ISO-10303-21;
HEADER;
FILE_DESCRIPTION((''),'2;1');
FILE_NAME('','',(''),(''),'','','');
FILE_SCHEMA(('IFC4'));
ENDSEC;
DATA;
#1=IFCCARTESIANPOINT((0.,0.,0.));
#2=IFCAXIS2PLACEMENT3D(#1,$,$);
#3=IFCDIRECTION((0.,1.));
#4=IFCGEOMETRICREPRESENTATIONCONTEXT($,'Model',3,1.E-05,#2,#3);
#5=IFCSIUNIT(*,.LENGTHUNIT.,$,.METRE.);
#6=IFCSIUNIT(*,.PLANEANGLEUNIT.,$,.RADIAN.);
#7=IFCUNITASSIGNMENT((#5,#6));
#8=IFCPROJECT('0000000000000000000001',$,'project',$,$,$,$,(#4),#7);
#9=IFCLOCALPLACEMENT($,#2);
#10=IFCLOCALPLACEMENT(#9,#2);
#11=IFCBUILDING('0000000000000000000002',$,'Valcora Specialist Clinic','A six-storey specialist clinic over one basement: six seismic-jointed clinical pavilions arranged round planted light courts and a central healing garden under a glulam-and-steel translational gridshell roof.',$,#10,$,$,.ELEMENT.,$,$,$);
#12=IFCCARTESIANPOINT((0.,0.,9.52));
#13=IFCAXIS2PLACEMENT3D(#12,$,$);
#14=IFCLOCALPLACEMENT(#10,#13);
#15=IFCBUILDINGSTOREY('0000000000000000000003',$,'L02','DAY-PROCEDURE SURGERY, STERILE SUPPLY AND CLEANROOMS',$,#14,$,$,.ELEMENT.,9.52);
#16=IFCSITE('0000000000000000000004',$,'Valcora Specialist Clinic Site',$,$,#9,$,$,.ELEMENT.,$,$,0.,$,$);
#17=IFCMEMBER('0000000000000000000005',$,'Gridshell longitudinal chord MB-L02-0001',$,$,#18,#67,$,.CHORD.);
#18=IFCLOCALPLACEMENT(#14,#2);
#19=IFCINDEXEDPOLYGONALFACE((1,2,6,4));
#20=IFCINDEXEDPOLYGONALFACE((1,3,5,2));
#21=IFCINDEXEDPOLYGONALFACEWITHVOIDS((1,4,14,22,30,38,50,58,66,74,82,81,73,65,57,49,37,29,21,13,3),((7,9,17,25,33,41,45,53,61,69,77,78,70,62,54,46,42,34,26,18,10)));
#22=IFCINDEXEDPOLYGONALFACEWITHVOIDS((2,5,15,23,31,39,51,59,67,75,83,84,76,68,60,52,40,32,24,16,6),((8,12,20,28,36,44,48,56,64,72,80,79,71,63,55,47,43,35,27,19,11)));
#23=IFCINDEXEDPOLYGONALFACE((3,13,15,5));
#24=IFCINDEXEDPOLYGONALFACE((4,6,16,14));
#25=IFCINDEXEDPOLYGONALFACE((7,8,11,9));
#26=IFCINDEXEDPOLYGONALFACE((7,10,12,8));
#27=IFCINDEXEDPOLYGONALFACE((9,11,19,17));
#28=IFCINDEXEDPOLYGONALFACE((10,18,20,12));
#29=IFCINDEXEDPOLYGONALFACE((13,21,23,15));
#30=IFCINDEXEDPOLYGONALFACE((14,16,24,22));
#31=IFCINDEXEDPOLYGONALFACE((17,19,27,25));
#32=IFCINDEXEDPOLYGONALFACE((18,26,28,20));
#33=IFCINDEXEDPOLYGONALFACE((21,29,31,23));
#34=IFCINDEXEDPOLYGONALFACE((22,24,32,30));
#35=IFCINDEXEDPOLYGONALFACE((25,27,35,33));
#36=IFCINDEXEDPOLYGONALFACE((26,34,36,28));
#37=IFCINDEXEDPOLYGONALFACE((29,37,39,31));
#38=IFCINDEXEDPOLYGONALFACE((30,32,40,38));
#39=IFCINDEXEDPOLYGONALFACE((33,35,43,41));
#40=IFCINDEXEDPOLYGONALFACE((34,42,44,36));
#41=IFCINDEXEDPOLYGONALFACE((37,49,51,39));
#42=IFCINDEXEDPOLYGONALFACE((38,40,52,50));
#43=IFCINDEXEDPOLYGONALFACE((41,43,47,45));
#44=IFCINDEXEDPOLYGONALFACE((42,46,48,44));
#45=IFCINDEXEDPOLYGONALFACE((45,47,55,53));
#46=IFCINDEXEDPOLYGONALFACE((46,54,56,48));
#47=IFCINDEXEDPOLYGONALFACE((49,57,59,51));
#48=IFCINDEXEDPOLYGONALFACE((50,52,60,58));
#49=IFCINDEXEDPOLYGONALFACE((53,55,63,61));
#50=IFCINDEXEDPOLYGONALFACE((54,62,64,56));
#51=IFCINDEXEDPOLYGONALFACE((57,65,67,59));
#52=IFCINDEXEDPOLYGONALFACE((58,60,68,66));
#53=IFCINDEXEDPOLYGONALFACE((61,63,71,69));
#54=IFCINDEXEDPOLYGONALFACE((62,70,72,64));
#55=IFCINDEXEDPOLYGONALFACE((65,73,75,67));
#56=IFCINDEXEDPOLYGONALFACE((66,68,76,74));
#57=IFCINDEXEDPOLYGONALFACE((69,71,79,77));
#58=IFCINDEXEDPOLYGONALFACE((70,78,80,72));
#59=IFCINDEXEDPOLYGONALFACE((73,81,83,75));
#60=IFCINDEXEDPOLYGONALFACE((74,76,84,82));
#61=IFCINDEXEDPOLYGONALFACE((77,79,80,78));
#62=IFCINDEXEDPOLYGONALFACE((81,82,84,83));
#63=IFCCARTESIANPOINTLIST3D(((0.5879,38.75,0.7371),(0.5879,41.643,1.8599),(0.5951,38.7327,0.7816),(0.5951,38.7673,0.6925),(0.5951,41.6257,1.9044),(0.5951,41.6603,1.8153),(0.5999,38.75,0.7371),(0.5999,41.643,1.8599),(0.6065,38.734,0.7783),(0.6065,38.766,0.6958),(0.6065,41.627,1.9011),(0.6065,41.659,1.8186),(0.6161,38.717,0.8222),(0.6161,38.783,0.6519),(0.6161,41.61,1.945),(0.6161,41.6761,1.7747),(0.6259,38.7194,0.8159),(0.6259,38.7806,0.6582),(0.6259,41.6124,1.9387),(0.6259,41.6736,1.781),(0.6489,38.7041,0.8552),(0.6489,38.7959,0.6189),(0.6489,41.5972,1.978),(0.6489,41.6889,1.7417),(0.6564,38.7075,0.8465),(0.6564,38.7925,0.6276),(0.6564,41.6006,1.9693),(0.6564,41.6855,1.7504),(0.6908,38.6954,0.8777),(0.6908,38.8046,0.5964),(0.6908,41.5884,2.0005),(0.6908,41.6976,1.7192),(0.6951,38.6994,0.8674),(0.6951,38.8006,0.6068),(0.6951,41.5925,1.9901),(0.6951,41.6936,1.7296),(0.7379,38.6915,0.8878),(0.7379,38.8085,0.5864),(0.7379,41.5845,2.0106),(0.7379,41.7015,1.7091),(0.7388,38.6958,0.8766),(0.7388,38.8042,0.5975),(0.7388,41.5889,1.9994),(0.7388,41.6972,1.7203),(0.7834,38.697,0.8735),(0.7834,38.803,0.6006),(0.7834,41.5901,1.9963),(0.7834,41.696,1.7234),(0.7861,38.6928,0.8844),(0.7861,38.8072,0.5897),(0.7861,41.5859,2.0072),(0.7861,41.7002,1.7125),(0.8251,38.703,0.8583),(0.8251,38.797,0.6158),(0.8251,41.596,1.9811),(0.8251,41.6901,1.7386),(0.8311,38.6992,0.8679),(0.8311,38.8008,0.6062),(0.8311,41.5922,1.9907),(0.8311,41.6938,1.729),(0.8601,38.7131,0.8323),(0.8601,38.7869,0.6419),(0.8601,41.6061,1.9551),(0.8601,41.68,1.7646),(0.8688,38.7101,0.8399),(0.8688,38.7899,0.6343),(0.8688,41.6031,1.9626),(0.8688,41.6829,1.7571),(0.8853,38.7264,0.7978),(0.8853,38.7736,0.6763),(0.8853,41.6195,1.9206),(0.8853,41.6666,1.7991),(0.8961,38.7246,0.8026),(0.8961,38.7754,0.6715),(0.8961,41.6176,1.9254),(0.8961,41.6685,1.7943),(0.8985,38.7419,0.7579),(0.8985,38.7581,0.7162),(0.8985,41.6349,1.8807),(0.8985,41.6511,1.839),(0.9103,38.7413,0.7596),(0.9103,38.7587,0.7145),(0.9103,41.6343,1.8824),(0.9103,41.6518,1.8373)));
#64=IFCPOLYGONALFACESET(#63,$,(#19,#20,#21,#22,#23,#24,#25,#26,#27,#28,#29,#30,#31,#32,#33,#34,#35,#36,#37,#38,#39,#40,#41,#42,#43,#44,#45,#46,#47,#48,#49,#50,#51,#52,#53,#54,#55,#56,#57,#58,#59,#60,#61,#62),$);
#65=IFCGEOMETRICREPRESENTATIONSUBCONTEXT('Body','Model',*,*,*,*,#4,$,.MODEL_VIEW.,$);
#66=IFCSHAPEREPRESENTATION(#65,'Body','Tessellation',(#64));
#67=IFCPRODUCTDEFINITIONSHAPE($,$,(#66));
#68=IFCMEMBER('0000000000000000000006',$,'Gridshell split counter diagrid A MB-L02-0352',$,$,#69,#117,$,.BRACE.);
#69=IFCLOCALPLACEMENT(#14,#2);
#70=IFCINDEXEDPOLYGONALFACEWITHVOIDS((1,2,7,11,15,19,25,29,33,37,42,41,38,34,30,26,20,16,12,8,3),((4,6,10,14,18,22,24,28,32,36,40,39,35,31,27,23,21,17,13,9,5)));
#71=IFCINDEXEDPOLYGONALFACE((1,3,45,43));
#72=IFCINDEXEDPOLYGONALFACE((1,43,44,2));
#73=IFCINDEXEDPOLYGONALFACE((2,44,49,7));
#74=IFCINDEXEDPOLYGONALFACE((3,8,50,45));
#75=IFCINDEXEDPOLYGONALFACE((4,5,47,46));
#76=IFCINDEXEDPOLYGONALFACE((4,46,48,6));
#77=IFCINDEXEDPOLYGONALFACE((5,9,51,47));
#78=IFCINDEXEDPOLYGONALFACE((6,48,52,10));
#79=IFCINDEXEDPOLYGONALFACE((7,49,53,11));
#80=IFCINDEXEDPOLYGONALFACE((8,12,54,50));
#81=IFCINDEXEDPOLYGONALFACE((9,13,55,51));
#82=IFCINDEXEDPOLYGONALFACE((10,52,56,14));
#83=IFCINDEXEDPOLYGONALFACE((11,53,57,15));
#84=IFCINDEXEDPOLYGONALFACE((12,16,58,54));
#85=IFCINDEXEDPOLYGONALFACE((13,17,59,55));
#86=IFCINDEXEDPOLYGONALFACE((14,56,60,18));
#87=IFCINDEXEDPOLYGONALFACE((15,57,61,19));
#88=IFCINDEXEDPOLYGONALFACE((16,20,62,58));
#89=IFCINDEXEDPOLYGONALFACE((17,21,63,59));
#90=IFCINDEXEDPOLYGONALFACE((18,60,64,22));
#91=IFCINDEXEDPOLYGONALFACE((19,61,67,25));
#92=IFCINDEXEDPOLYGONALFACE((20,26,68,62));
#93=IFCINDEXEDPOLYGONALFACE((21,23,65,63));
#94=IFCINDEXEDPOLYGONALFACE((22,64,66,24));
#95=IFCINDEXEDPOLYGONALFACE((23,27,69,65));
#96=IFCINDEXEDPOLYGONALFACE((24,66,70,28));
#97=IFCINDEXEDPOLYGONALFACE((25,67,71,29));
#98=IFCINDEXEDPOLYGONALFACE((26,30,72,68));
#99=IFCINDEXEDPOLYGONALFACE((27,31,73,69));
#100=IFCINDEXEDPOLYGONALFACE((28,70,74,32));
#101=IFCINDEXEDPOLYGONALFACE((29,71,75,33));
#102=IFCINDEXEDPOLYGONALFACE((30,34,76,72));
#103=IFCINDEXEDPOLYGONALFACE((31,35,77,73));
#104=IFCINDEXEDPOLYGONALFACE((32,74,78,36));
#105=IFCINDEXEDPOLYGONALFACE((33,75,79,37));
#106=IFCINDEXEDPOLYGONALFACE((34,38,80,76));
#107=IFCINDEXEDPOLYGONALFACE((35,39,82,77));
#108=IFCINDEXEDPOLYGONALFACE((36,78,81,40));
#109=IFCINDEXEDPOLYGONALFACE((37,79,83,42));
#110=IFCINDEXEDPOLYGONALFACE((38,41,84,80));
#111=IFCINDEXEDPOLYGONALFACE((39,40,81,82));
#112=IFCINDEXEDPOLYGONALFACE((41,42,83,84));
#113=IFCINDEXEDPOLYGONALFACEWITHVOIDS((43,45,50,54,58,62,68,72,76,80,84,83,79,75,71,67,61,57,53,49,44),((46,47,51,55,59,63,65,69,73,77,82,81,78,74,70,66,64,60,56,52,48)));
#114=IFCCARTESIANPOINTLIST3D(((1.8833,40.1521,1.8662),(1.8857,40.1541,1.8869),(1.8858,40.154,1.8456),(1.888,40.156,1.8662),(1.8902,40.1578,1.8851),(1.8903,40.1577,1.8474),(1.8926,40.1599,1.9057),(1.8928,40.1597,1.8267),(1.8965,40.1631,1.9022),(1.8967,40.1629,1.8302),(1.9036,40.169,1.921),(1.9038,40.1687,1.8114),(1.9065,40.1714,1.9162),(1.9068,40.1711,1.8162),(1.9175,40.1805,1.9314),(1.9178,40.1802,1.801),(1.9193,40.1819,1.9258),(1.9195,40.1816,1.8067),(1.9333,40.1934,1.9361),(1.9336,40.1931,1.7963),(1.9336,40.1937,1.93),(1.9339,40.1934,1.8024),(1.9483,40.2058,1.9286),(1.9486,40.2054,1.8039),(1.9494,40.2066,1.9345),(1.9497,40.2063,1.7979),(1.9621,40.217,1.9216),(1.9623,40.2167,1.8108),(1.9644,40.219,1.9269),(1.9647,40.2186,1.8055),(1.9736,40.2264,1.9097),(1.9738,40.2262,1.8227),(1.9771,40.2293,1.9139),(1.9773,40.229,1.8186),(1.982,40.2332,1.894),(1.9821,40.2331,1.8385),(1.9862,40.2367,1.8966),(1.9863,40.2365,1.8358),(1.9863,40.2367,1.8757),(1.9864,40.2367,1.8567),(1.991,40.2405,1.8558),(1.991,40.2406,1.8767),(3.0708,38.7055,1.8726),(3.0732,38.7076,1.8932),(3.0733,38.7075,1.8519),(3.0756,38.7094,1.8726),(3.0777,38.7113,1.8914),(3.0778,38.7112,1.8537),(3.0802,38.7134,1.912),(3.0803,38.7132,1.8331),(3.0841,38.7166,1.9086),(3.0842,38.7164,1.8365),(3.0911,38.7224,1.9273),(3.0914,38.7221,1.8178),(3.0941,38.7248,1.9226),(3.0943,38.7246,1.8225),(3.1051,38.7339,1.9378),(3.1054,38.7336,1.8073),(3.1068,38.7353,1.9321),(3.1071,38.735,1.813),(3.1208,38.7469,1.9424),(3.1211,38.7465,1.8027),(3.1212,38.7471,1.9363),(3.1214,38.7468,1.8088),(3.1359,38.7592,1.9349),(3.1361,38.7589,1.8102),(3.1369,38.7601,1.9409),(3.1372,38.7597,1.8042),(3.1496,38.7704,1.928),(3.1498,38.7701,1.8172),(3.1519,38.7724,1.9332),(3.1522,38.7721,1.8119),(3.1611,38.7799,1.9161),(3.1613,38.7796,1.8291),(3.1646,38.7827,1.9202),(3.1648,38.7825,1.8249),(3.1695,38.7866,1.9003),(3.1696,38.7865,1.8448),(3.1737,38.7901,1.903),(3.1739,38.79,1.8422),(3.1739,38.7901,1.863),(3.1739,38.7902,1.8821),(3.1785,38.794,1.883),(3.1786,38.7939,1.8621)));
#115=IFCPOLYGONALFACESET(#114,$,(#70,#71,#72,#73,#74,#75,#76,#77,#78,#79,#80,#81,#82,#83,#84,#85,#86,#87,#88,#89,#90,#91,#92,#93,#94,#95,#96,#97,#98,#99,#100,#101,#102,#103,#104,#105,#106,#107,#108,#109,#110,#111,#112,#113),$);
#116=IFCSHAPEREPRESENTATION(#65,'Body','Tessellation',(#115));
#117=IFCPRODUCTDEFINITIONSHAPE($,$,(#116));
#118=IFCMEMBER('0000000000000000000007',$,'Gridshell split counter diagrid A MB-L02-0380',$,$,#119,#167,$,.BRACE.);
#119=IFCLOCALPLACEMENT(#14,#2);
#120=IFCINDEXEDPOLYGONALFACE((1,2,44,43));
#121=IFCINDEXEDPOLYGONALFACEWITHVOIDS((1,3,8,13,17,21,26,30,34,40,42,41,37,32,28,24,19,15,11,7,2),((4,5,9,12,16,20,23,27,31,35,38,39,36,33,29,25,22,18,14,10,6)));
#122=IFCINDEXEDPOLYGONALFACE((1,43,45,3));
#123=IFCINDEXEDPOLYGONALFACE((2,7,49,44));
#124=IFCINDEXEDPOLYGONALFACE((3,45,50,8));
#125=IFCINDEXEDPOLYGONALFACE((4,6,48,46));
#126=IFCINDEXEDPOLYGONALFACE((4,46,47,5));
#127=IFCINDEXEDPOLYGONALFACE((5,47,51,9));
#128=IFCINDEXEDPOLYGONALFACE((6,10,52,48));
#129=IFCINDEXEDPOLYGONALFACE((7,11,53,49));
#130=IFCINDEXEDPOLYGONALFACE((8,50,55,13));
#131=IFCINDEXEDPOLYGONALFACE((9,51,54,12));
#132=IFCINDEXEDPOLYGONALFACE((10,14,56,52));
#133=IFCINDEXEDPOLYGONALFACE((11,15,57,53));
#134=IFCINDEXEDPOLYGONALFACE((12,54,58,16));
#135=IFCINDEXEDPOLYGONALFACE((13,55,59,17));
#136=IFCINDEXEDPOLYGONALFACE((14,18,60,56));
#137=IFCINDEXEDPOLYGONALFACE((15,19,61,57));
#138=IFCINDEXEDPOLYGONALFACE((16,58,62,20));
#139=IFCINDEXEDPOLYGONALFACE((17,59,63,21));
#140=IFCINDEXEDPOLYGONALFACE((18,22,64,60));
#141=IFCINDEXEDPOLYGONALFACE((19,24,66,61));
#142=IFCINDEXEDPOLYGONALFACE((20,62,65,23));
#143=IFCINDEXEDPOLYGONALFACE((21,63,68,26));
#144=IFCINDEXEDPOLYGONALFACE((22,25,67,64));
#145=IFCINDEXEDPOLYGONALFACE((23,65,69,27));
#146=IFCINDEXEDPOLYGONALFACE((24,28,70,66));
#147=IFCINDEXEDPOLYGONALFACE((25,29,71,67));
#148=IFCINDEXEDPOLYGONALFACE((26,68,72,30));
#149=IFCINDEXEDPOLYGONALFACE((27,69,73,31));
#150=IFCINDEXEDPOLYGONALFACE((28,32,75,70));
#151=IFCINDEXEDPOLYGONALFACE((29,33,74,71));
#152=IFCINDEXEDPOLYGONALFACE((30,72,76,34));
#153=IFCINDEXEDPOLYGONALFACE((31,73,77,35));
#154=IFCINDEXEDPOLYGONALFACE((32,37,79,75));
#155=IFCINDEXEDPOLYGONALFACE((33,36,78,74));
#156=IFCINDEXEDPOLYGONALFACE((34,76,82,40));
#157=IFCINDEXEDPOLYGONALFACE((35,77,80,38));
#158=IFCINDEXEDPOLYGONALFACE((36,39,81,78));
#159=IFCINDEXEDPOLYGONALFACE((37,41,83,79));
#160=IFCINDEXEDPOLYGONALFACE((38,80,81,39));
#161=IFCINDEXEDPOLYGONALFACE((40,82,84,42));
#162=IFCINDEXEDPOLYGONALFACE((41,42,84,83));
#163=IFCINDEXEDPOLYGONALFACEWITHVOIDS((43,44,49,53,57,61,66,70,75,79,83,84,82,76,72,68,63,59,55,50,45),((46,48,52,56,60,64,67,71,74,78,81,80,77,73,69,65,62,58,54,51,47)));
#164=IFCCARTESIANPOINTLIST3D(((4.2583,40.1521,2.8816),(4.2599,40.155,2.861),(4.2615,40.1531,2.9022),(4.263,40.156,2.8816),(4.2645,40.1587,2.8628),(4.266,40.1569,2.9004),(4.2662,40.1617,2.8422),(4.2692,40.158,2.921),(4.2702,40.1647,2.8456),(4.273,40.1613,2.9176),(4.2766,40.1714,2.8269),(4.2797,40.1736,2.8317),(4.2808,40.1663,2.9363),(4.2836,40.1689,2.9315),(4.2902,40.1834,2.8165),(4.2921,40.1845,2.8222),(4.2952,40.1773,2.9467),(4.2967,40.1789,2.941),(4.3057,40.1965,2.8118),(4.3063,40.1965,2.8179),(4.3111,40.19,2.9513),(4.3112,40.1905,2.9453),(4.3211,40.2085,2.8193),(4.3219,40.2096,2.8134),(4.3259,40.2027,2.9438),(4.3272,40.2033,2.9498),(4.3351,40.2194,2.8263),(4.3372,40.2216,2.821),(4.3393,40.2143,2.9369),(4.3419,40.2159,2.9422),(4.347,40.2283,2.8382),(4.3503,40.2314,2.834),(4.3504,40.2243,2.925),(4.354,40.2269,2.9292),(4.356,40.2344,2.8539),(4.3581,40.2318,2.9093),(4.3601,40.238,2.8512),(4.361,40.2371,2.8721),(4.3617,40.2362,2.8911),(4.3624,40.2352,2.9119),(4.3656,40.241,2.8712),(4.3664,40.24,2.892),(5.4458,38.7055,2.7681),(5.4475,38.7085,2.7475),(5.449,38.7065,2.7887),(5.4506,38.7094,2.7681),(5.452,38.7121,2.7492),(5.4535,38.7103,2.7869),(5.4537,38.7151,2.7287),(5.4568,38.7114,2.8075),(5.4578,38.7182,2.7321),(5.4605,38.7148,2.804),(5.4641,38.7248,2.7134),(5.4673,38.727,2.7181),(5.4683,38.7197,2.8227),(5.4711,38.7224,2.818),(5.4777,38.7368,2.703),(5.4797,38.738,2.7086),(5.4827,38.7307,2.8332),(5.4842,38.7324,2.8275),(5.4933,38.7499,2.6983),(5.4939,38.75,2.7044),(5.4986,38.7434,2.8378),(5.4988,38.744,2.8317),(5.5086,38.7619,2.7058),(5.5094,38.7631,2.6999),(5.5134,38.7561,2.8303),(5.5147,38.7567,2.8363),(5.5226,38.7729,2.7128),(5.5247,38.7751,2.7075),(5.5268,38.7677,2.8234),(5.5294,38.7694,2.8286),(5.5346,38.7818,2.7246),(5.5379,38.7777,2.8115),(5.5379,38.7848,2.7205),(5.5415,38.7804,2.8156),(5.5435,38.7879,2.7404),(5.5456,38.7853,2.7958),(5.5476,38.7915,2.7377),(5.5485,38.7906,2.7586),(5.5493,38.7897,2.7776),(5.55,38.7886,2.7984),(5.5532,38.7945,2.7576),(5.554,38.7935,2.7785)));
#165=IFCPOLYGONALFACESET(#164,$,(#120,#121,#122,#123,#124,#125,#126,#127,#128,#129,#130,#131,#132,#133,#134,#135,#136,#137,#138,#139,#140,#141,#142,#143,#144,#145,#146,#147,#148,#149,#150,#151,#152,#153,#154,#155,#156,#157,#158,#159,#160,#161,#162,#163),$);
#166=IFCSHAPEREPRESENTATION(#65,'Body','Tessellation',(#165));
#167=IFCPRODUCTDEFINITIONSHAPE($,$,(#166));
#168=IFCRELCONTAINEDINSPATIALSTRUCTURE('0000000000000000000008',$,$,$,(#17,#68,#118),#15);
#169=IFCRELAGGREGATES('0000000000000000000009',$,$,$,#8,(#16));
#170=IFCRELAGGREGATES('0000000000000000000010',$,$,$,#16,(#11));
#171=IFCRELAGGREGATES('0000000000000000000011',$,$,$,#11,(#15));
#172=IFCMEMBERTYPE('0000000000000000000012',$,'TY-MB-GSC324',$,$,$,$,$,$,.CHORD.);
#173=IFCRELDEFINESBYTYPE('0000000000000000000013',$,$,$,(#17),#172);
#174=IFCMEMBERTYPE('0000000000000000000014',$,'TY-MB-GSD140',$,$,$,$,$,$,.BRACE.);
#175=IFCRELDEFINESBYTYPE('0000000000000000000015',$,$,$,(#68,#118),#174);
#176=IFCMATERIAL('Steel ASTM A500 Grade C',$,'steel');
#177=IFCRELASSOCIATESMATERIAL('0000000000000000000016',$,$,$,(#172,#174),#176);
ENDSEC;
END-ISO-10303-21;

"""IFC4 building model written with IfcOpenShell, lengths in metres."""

from ifc_helpers import new_model, si_unit, direction, frame, origin, origin_2d, place, context, subcontext, project, spatial, hollow_circle, extrude, material, material_profile, profile_set, type_object, element, save


model = new_model("IFC4")

# Units and contexts
model_context = context("Model", 3, precision=1e-05, world=origin(), true_north=direction((0.0, 1.0)))
body_context = subcontext(model_context, "Body", "Model", "MODEL_VIEW")
ifc_project = project(units=[si_unit("LENGTHUNIT", "METRE"), si_unit("PLANEANGLEUNIT", "RADIAN")], contexts=[model_context])

# Site, building, storey
site_placement = place(None, origin())
site = spatial("IfcSite", under=ifc_project, at=site_placement, Name="Valcora Specialist Clinic Site", CompositionType="ELEMENT", RefElevation=0.0)
building_placement = place(site_placement, origin())
building = spatial("IfcBuilding", under=site, at=building_placement, Name="Valcora Specialist Clinic", Description="A six-storey specialist clinic over one basement: six seismic-jointed clinical pavilions arranged round planted light courts and a central healing garden under a glulam-and-steel translational gridshell roof.", CompositionType="ELEMENT")
storey_placement = place(building_placement, frame((0.0, 0.0, 9.52)))
storey = spatial("IfcBuildingStorey", under=building, at=storey_placement, Name="L02", Description="DAY-PROCEDURE SURGERY, STERILE SUPPLY AND CLEANROOMS", CompositionType="ELEMENT", Elevation=9.52)

# Members
ifc_material_1 = material(Name="Steel ASTM A500 Grade C", Category="steel")
ifc_material_profile_1 = material_profile(ifc_material_1, hollow_circle(Radius=0.1621, WallThickness=0.012, at=origin_2d()), Name="ST-CHS-324X12")
ifc_profile_set_1 = profile_set([ifc_material_profile_1], Name="Steel ASTM A500 Grade C")
member_type_1 = type_object("IfcMemberType", Name="TY-MB-GSC324", PredefinedType="CHORD", material=ifc_profile_set_1)
member_1_placement = place(storey_placement, frame((0.75, 38.75, 0.7371), z_axis=(0.0, 0.932252, 0.361808), x_axis=(-1.0, 0.0, 0.0)))
element("IfcMember", 1, at=member_1_placement, inside=storey, type_object=member_type_1, Name="Gridshell longitudinal chord MB-L02-0001", PredefinedType="CHORD", context=body_context, shape_type="SweptSolid", body=[
    extrude(hollow_circle(Radius=0.1621, WallThickness=0.012, at=origin_2d()), origin(), (0.0, 0.0, 1.0), 3.1033),
])
ifc_material_profile_2 = material_profile(ifc_material_1, hollow_circle(Radius=0.0701, WallThickness=0.0061, at=origin_2d()), Name="ST-CHS-140X6")
ifc_profile_set_2 = profile_set([ifc_material_profile_2], Name="Steel ASTM A500 Grade C")
member_type_2 = type_object("IfcMemberType", Name="TY-MB-GSD140", PredefinedType="BRACE", material=ifc_profile_set_2)
member_2_placement = place(storey_placement, frame((3.125, 38.75, 1.8726), z_axis=(-0.634505, 0.772911, -0.003392), x_axis=(-0.772916, -0.634508, 0.0)))
element("IfcMember", 2, at=member_2_placement, inside=storey, type_object=member_type_2, Name="Gridshell split counter diagrid A MB-L02-0352", PredefinedType="BRACE", context=body_context, shape_type="SweptSolid", body=[
    extrude(hollow_circle(Radius=0.0701, WallThickness=0.0061, at=origin_2d()), origin(), (0.0, 0.0, 1.0), 1.8716),
])
member_3_placement = place(storey_placement, frame((5.5, 38.75, 2.7681), z_axis=(-0.633344, 0.771498, 0.060548), x_axis=(-0.772916, -0.634508, 0.0)))
element("IfcMember", 3, at=member_3_placement, inside=storey, type_object=member_type_2, Name="Gridshell split counter diagrid A MB-L02-0380", PredefinedType="BRACE", context=body_context, shape_type="SweptSolid", body=[
    extrude(hollow_circle(Radius=0.0701, WallThickness=0.0061, at=origin_2d()), origin(), (0.0, 0.0, 1.0), 1.875),
])

save(model, "model.ifc")
